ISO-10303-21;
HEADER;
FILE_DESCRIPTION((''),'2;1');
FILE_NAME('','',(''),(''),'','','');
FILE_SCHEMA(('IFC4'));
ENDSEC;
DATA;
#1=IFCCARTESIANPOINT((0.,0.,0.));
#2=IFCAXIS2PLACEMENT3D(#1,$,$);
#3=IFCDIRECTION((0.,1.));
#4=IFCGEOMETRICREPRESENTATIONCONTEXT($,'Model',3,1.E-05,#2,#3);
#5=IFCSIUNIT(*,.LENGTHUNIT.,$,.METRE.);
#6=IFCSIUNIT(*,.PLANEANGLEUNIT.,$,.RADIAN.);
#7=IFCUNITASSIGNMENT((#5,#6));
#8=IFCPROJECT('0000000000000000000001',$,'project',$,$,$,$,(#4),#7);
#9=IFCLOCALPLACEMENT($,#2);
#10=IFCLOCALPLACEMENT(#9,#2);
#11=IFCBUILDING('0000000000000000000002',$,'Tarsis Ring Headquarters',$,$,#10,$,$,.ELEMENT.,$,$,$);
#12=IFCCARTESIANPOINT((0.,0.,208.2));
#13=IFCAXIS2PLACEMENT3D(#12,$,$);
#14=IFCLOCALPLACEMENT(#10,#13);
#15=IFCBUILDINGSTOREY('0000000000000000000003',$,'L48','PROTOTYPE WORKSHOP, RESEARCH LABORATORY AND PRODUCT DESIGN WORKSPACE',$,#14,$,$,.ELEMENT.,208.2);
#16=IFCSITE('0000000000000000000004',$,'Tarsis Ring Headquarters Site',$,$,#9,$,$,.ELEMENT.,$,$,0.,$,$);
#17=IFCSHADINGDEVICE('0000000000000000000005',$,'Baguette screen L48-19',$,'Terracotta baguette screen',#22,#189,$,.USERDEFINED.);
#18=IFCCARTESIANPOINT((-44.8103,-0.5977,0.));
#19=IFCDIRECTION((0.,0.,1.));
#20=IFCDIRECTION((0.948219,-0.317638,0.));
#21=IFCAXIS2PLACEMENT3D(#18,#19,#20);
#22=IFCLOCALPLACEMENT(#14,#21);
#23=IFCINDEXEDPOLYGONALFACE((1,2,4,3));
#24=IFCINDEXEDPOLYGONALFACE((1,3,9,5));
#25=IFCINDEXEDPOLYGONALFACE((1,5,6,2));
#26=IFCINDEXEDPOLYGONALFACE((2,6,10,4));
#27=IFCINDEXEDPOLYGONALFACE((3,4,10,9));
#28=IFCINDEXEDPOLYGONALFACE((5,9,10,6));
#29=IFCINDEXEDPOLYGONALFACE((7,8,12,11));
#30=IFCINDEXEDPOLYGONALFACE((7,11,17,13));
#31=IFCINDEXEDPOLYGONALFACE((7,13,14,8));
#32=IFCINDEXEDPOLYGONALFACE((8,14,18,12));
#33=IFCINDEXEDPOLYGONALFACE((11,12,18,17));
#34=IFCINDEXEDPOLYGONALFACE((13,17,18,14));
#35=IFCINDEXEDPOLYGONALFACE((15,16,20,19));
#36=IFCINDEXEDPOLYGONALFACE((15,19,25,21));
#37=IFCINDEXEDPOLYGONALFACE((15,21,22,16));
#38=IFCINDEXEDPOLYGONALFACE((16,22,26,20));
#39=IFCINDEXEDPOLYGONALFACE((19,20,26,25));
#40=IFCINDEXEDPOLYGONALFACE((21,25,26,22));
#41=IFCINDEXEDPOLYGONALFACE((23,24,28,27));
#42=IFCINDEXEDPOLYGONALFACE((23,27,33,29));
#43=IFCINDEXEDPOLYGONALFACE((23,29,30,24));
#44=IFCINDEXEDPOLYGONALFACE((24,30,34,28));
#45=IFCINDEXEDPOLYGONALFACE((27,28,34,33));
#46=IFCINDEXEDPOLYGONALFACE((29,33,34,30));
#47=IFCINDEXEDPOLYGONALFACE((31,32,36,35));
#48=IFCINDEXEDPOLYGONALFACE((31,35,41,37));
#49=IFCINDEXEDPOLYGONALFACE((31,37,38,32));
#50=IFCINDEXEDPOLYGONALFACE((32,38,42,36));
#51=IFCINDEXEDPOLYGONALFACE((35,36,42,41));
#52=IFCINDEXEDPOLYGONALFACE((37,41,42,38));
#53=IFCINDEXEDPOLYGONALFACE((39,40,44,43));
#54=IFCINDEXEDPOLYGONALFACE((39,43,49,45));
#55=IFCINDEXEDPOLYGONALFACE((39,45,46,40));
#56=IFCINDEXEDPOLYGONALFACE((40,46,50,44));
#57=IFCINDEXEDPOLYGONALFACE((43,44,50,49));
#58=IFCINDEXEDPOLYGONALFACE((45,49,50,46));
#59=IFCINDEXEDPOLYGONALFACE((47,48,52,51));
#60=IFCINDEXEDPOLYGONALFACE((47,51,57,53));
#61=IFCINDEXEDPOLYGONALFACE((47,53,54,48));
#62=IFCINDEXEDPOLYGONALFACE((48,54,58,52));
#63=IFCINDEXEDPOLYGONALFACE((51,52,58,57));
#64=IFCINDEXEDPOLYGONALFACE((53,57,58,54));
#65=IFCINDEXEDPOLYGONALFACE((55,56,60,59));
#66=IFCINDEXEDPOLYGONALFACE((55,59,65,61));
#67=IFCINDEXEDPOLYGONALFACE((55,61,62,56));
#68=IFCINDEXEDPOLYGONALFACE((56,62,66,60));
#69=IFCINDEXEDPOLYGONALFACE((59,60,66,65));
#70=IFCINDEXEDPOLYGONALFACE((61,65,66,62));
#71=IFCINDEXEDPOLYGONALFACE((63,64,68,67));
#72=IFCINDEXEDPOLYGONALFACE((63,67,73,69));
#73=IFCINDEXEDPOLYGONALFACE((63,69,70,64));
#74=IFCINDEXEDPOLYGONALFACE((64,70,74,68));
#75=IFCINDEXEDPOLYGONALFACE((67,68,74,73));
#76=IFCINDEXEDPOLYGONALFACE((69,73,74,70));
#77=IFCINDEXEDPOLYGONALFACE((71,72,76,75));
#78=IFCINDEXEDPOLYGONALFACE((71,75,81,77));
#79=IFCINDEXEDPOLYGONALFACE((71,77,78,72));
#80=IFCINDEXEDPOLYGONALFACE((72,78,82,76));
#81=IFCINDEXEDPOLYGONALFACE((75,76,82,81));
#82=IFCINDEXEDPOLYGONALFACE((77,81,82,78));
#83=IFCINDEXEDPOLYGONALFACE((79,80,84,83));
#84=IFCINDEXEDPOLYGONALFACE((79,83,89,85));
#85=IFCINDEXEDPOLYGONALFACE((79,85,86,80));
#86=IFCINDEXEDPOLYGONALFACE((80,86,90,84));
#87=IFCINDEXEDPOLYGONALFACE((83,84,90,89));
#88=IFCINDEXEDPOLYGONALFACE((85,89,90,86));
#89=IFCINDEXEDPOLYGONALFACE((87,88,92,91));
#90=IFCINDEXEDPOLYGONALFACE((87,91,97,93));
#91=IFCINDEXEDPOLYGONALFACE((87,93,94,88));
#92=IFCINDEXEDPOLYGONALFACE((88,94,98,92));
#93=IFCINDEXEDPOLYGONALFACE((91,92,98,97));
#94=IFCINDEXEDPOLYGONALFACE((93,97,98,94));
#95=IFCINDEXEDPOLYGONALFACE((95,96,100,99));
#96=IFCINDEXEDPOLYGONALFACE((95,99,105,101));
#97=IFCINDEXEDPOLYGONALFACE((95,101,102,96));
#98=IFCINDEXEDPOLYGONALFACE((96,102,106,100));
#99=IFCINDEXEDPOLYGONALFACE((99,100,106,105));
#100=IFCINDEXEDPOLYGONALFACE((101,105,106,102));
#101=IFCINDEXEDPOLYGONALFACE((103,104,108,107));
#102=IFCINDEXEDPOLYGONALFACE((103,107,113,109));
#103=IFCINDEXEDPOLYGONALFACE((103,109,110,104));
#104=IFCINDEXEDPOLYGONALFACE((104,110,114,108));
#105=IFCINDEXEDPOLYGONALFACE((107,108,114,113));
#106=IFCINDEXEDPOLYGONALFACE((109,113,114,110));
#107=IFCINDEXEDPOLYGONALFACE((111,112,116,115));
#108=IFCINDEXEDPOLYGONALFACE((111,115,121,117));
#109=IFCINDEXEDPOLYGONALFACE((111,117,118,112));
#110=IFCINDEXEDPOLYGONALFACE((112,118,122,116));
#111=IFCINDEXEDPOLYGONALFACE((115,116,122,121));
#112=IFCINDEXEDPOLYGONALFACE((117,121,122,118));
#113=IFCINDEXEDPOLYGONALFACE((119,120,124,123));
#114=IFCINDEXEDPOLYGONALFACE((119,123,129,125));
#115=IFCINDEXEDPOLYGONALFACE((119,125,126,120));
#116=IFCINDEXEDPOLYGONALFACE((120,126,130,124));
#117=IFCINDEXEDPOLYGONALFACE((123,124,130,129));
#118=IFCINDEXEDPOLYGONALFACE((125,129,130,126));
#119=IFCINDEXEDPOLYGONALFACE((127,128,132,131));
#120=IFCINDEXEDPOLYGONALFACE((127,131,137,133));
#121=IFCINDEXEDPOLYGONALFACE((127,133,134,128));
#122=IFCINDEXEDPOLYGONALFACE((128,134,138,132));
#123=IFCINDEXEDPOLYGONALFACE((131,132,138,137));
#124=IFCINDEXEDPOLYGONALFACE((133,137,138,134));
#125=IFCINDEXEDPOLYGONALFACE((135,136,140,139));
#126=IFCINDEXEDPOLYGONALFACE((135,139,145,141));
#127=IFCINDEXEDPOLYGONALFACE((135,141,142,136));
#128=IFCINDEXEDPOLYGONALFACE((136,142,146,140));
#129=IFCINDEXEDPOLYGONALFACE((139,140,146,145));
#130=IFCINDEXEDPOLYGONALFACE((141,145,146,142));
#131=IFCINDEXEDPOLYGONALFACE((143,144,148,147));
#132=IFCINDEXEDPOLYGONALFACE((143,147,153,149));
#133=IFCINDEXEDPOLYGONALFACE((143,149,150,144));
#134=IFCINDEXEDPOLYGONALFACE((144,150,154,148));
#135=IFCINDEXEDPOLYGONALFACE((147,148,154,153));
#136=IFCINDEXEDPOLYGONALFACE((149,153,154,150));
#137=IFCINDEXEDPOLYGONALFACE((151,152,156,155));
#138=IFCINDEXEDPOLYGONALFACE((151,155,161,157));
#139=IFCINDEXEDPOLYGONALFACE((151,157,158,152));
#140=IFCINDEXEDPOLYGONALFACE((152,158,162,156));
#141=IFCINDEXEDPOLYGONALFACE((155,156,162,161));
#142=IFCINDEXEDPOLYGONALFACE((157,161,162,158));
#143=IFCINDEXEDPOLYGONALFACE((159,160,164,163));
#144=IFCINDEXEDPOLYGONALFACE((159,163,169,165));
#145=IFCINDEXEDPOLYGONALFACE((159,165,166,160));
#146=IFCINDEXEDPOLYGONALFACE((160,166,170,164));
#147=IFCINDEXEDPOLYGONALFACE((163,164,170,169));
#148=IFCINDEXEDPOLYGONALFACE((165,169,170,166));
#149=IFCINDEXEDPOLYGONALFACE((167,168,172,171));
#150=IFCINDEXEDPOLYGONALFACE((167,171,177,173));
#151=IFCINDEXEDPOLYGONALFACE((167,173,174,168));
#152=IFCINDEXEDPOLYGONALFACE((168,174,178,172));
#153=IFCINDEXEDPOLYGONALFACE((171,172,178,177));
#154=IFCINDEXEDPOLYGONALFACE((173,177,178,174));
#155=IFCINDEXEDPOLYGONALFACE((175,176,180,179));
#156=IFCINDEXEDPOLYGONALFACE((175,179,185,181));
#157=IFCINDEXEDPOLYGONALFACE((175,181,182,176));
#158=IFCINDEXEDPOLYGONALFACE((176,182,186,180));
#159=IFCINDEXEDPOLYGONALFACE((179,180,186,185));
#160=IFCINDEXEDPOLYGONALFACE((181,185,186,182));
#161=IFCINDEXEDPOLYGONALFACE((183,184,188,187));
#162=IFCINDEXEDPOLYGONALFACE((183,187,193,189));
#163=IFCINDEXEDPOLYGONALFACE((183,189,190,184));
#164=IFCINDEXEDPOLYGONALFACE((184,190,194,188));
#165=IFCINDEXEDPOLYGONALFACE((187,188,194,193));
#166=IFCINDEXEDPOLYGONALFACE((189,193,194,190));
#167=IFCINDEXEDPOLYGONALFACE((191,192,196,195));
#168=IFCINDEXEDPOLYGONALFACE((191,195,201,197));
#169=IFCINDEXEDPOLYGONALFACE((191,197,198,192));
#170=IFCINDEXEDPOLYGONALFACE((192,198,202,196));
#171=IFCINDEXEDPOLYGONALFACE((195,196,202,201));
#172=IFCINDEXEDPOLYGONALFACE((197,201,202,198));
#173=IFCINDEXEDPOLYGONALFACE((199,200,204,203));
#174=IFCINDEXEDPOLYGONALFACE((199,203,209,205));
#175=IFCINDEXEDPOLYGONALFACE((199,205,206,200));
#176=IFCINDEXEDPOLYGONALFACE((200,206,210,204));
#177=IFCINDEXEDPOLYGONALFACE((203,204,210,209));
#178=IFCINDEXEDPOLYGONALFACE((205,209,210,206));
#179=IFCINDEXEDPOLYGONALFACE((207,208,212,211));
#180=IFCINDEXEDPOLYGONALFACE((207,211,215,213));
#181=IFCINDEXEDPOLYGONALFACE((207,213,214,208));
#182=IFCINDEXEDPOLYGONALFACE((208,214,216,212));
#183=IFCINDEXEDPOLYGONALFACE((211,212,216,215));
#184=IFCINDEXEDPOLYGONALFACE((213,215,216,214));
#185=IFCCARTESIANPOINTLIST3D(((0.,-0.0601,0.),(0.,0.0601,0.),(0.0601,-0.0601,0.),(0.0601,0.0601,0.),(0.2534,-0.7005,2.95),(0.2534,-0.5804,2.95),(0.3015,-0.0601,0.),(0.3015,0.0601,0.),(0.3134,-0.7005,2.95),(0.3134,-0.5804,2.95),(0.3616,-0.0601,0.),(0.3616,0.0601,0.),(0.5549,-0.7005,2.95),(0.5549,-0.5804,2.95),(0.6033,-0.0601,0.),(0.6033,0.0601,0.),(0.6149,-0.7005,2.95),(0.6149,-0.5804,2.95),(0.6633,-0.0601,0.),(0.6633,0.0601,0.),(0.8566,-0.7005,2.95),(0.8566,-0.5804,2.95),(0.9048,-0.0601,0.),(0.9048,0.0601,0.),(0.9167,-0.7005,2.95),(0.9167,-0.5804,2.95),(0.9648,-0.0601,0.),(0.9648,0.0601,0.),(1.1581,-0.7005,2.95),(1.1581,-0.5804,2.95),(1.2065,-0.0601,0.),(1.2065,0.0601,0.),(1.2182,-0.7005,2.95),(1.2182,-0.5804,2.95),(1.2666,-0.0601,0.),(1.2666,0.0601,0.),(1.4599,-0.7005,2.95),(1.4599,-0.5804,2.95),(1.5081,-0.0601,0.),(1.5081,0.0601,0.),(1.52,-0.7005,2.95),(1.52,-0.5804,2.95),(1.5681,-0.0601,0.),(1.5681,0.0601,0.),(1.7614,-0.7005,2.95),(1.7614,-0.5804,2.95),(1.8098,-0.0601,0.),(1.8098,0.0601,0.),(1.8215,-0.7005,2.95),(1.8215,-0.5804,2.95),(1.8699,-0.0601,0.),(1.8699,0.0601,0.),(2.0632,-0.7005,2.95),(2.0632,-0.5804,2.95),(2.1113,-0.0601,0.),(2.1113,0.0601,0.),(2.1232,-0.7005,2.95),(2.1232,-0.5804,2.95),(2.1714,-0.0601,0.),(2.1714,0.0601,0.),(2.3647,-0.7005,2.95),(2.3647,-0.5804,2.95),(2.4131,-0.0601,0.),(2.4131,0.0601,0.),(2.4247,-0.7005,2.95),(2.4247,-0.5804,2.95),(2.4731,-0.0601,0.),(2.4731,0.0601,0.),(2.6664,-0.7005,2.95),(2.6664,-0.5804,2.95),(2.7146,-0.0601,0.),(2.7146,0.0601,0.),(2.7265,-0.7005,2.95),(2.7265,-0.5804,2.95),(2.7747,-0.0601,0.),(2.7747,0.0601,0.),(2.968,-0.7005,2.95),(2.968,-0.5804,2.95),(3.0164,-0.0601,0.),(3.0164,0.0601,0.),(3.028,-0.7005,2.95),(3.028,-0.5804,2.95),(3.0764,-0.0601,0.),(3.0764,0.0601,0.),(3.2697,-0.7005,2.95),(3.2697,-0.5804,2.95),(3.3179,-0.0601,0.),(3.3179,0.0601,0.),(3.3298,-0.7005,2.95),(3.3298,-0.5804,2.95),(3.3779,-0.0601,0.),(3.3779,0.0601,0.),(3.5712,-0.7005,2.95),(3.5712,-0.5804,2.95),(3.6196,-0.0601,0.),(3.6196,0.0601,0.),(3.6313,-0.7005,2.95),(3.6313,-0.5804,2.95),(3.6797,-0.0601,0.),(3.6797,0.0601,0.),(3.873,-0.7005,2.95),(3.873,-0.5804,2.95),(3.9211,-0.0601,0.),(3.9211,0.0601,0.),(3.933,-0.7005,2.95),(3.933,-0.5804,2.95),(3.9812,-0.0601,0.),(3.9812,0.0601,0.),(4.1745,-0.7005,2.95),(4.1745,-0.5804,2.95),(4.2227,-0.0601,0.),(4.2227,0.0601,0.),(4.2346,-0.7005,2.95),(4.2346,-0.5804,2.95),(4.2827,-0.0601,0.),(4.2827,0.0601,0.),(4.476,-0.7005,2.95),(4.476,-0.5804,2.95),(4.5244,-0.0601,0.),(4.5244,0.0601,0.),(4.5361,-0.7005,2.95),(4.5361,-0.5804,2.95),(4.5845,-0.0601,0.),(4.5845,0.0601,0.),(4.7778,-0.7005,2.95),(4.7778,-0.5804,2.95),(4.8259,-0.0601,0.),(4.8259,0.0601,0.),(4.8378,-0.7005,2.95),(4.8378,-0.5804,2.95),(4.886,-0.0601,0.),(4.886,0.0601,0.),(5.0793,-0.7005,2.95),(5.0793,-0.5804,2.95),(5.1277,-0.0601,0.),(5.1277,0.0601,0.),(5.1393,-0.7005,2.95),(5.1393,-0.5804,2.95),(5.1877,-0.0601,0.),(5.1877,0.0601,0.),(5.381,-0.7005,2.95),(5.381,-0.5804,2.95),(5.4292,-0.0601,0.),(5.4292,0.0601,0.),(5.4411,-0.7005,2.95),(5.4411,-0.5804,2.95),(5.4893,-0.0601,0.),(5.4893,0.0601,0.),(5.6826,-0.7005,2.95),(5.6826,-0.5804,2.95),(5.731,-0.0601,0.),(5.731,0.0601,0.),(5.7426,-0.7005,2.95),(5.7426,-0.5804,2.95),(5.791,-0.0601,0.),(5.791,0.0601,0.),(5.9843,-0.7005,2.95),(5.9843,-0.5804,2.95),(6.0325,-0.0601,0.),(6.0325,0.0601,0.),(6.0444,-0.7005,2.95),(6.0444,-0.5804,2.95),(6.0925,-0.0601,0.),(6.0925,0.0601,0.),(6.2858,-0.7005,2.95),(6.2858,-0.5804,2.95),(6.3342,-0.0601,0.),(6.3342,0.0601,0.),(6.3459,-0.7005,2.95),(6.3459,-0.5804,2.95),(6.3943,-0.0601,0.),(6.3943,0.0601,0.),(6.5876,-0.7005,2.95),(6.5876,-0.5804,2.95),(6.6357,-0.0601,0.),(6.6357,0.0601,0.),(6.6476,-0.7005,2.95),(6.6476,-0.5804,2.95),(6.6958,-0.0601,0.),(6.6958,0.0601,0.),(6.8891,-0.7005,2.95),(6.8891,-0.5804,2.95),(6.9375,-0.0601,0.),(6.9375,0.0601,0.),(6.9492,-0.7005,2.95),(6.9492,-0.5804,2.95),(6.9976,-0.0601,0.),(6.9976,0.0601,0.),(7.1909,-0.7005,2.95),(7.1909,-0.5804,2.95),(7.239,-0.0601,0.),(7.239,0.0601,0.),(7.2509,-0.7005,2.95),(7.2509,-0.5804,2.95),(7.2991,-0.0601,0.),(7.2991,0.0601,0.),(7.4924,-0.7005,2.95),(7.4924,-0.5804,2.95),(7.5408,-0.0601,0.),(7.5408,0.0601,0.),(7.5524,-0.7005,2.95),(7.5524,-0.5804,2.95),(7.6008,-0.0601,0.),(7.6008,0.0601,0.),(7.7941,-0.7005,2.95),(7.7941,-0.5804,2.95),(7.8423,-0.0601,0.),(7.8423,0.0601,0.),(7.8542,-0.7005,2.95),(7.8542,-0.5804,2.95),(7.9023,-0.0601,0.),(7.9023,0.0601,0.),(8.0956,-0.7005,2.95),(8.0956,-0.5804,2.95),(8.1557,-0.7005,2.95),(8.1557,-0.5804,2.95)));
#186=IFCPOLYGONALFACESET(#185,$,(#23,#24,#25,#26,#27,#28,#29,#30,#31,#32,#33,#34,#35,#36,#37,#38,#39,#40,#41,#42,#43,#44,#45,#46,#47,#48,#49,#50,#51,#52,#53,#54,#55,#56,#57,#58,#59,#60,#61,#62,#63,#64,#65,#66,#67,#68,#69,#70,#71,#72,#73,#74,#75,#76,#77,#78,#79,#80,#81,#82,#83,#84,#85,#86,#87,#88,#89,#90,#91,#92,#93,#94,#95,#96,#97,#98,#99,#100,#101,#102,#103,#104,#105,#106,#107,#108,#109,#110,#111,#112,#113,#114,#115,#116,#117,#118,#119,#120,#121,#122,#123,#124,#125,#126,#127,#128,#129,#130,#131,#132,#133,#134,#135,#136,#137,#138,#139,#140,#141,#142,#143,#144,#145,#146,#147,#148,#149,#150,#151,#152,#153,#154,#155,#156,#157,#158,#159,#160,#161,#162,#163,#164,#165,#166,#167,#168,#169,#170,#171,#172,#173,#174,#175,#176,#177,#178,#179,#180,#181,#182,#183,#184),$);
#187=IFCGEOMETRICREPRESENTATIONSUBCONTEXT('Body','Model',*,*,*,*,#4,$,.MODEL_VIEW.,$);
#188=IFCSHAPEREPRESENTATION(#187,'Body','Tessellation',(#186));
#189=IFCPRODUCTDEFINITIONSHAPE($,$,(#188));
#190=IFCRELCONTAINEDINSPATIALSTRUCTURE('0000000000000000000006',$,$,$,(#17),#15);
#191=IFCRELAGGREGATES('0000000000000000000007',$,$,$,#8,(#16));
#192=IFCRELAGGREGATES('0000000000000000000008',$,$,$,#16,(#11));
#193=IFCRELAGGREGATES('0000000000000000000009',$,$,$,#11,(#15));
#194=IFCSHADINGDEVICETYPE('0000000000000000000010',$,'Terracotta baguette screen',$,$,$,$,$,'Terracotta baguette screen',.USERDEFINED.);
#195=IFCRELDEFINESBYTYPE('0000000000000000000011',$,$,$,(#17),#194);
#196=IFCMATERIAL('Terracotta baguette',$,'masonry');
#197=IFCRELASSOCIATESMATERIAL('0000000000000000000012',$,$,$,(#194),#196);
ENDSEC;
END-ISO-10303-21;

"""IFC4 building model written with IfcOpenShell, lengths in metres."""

from ifc_helpers import new_model, si_unit, direction, frame, frame_2d, origin, place, context, subcontext, project, spatial, rectangle, composite_profile, extrude, material, type_object, element, save


model = new_model("IFC4")

# Units and contexts
model_context = context("Model", 3, precision=1e-05, world=origin(), true_north=direction((0.0, 1.0)))
body_context = subcontext(model_context, "Body", "Model", "MODEL_VIEW")
ifc_project = project(units=[si_unit("LENGTHUNIT", "METRE"), si_unit("PLANEANGLEUNIT", "RADIAN")], contexts=[model_context])

# Site, building, storey
site_placement = place(None, origin())
site = spatial("IfcSite", under=ifc_project, at=site_placement, Name="Tarsis Ring Headquarters Site", CompositionType="ELEMENT", RefElevation=0.0)
building_placement = place(site_placement, origin())
building = spatial("IfcBuilding", under=site, at=building_placement, Name="Tarsis Ring Headquarters", CompositionType="ELEMENT")
storey_placement = place(building_placement, frame((0.0, 0.0, 208.2)))
storey = spatial("IfcBuildingStorey", under=building, at=storey_placement, Name="L48", Description="PROTOTYPE WORKSHOP, RESEARCH LABORATORY AND PRODUCT DESIGN WORKSPACE", CompositionType="ELEMENT", Elevation=208.2)

# Shading device
ifc_material_1 = material(Name="Terracotta baguette", Category="masonry")
shading_device_type_1 = type_object("IfcShadingDeviceType", Name="Terracotta baguette screen", ElementType="Terracotta baguette screen", PredefinedType="USERDEFINED", material=ifc_material_1)
shading_device_placement = place(storey_placement, frame((-44.8103, -0.5977, 0.0), z_axis=(0.0, 0.0, 1.0), x_axis=(0.948219, -0.317638, 0.0)))
element("IfcShadingDevice", 1, at=shading_device_placement, inside=storey, type_object=shading_device_type_1, Name="Baguette screen L48-19", ObjectType="Terracotta baguette screen", PredefinedType="USERDEFINED", context=body_context, shape_type="SweptSolid", body=[
    extrude(composite_profile([rectangle(XDim=0.0601, YDim=0.1201, at=frame_2d((0.03, 0.0))), rectangle(XDim=0.0601, YDim=0.1201, at=frame_2d((0.3315, 0.0))), rectangle(XDim=0.0601, YDim=0.1201, at=frame_2d((0.6333, 0.0))), rectangle(XDim=0.0601, YDim=0.1201, at=frame_2d((0.9348, 0.0))), rectangle(XDim=0.0601, YDim=0.1201, at=frame_2d((1.2366, 0.0))), rectangle(XDim=0.0601, YDim=0.1201, at=frame_2d((1.5381, 0.0))), rectangle(XDim=0.0601, YDim=0.1201, at=frame_2d((1.8398, 0.0))), rectangle(XDim=0.0601, YDim=0.1201, at=frame_2d((2.1414, 0.0))), rectangle(XDim=0.0601, YDim=0.1201, at=frame_2d((2.4431, 0.0))), rectangle(XDim=0.0601, YDim=0.1201, at=frame_2d((2.7446, 0.0))), rectangle(XDim=0.0601, YDim=0.1201, at=frame_2d((3.0464, 0.0))), rectangle(XDim=0.0601, YDim=0.1201, at=frame_2d((3.3479, 0.0))), rectangle(XDim=0.0601, YDim=0.1201, at=frame_2d((3.6497, 0.0))), rectangle(XDim=0.0601, YDim=0.1201, at=frame_2d((3.9512, 0.0))), rectangle(XDim=0.0601, YDim=0.1201, at=frame_2d((4.2527, 0.0))), rectangle(XDim=0.0601, YDim=0.1201, at=frame_2d((4.5544, 0.0))), rectangle(XDim=0.0601, YDim=0.1201, at=frame_2d((4.856, 0.0))), rectangle(XDim=0.0601, YDim=0.1201, at=frame_2d((5.1577, 0.0))), rectangle(XDim=0.0601, YDim=0.1201, at=frame_2d((5.4592, 0.0))), rectangle(XDim=0.0601, YDim=0.1201, at=frame_2d((5.761, 0.0))), rectangle(XDim=0.0601, YDim=0.1201, at=frame_2d((6.0625, 0.0))), rectangle(XDim=0.0601, YDim=0.1201, at=frame_2d((6.3643, 0.0))), rectangle(XDim=0.0601, YDim=0.1201, at=frame_2d((6.6658, 0.0))), rectangle(XDim=0.0601, YDim=0.1201, at=frame_2d((6.9675, 0.0))), rectangle(XDim=0.0601, YDim=0.1201, at=frame_2d((7.269, 0.0))), rectangle(XDim=0.0601, YDim=0.1201, at=frame_2d((7.5708, 0.0))), rectangle(XDim=0.0601, YDim=0.1201, at=frame_2d((7.8723, 0.0)))]), origin(), (0.083634, -0.211416, 0.973812), 3.0293),
])

save(model, "model.ifc")
